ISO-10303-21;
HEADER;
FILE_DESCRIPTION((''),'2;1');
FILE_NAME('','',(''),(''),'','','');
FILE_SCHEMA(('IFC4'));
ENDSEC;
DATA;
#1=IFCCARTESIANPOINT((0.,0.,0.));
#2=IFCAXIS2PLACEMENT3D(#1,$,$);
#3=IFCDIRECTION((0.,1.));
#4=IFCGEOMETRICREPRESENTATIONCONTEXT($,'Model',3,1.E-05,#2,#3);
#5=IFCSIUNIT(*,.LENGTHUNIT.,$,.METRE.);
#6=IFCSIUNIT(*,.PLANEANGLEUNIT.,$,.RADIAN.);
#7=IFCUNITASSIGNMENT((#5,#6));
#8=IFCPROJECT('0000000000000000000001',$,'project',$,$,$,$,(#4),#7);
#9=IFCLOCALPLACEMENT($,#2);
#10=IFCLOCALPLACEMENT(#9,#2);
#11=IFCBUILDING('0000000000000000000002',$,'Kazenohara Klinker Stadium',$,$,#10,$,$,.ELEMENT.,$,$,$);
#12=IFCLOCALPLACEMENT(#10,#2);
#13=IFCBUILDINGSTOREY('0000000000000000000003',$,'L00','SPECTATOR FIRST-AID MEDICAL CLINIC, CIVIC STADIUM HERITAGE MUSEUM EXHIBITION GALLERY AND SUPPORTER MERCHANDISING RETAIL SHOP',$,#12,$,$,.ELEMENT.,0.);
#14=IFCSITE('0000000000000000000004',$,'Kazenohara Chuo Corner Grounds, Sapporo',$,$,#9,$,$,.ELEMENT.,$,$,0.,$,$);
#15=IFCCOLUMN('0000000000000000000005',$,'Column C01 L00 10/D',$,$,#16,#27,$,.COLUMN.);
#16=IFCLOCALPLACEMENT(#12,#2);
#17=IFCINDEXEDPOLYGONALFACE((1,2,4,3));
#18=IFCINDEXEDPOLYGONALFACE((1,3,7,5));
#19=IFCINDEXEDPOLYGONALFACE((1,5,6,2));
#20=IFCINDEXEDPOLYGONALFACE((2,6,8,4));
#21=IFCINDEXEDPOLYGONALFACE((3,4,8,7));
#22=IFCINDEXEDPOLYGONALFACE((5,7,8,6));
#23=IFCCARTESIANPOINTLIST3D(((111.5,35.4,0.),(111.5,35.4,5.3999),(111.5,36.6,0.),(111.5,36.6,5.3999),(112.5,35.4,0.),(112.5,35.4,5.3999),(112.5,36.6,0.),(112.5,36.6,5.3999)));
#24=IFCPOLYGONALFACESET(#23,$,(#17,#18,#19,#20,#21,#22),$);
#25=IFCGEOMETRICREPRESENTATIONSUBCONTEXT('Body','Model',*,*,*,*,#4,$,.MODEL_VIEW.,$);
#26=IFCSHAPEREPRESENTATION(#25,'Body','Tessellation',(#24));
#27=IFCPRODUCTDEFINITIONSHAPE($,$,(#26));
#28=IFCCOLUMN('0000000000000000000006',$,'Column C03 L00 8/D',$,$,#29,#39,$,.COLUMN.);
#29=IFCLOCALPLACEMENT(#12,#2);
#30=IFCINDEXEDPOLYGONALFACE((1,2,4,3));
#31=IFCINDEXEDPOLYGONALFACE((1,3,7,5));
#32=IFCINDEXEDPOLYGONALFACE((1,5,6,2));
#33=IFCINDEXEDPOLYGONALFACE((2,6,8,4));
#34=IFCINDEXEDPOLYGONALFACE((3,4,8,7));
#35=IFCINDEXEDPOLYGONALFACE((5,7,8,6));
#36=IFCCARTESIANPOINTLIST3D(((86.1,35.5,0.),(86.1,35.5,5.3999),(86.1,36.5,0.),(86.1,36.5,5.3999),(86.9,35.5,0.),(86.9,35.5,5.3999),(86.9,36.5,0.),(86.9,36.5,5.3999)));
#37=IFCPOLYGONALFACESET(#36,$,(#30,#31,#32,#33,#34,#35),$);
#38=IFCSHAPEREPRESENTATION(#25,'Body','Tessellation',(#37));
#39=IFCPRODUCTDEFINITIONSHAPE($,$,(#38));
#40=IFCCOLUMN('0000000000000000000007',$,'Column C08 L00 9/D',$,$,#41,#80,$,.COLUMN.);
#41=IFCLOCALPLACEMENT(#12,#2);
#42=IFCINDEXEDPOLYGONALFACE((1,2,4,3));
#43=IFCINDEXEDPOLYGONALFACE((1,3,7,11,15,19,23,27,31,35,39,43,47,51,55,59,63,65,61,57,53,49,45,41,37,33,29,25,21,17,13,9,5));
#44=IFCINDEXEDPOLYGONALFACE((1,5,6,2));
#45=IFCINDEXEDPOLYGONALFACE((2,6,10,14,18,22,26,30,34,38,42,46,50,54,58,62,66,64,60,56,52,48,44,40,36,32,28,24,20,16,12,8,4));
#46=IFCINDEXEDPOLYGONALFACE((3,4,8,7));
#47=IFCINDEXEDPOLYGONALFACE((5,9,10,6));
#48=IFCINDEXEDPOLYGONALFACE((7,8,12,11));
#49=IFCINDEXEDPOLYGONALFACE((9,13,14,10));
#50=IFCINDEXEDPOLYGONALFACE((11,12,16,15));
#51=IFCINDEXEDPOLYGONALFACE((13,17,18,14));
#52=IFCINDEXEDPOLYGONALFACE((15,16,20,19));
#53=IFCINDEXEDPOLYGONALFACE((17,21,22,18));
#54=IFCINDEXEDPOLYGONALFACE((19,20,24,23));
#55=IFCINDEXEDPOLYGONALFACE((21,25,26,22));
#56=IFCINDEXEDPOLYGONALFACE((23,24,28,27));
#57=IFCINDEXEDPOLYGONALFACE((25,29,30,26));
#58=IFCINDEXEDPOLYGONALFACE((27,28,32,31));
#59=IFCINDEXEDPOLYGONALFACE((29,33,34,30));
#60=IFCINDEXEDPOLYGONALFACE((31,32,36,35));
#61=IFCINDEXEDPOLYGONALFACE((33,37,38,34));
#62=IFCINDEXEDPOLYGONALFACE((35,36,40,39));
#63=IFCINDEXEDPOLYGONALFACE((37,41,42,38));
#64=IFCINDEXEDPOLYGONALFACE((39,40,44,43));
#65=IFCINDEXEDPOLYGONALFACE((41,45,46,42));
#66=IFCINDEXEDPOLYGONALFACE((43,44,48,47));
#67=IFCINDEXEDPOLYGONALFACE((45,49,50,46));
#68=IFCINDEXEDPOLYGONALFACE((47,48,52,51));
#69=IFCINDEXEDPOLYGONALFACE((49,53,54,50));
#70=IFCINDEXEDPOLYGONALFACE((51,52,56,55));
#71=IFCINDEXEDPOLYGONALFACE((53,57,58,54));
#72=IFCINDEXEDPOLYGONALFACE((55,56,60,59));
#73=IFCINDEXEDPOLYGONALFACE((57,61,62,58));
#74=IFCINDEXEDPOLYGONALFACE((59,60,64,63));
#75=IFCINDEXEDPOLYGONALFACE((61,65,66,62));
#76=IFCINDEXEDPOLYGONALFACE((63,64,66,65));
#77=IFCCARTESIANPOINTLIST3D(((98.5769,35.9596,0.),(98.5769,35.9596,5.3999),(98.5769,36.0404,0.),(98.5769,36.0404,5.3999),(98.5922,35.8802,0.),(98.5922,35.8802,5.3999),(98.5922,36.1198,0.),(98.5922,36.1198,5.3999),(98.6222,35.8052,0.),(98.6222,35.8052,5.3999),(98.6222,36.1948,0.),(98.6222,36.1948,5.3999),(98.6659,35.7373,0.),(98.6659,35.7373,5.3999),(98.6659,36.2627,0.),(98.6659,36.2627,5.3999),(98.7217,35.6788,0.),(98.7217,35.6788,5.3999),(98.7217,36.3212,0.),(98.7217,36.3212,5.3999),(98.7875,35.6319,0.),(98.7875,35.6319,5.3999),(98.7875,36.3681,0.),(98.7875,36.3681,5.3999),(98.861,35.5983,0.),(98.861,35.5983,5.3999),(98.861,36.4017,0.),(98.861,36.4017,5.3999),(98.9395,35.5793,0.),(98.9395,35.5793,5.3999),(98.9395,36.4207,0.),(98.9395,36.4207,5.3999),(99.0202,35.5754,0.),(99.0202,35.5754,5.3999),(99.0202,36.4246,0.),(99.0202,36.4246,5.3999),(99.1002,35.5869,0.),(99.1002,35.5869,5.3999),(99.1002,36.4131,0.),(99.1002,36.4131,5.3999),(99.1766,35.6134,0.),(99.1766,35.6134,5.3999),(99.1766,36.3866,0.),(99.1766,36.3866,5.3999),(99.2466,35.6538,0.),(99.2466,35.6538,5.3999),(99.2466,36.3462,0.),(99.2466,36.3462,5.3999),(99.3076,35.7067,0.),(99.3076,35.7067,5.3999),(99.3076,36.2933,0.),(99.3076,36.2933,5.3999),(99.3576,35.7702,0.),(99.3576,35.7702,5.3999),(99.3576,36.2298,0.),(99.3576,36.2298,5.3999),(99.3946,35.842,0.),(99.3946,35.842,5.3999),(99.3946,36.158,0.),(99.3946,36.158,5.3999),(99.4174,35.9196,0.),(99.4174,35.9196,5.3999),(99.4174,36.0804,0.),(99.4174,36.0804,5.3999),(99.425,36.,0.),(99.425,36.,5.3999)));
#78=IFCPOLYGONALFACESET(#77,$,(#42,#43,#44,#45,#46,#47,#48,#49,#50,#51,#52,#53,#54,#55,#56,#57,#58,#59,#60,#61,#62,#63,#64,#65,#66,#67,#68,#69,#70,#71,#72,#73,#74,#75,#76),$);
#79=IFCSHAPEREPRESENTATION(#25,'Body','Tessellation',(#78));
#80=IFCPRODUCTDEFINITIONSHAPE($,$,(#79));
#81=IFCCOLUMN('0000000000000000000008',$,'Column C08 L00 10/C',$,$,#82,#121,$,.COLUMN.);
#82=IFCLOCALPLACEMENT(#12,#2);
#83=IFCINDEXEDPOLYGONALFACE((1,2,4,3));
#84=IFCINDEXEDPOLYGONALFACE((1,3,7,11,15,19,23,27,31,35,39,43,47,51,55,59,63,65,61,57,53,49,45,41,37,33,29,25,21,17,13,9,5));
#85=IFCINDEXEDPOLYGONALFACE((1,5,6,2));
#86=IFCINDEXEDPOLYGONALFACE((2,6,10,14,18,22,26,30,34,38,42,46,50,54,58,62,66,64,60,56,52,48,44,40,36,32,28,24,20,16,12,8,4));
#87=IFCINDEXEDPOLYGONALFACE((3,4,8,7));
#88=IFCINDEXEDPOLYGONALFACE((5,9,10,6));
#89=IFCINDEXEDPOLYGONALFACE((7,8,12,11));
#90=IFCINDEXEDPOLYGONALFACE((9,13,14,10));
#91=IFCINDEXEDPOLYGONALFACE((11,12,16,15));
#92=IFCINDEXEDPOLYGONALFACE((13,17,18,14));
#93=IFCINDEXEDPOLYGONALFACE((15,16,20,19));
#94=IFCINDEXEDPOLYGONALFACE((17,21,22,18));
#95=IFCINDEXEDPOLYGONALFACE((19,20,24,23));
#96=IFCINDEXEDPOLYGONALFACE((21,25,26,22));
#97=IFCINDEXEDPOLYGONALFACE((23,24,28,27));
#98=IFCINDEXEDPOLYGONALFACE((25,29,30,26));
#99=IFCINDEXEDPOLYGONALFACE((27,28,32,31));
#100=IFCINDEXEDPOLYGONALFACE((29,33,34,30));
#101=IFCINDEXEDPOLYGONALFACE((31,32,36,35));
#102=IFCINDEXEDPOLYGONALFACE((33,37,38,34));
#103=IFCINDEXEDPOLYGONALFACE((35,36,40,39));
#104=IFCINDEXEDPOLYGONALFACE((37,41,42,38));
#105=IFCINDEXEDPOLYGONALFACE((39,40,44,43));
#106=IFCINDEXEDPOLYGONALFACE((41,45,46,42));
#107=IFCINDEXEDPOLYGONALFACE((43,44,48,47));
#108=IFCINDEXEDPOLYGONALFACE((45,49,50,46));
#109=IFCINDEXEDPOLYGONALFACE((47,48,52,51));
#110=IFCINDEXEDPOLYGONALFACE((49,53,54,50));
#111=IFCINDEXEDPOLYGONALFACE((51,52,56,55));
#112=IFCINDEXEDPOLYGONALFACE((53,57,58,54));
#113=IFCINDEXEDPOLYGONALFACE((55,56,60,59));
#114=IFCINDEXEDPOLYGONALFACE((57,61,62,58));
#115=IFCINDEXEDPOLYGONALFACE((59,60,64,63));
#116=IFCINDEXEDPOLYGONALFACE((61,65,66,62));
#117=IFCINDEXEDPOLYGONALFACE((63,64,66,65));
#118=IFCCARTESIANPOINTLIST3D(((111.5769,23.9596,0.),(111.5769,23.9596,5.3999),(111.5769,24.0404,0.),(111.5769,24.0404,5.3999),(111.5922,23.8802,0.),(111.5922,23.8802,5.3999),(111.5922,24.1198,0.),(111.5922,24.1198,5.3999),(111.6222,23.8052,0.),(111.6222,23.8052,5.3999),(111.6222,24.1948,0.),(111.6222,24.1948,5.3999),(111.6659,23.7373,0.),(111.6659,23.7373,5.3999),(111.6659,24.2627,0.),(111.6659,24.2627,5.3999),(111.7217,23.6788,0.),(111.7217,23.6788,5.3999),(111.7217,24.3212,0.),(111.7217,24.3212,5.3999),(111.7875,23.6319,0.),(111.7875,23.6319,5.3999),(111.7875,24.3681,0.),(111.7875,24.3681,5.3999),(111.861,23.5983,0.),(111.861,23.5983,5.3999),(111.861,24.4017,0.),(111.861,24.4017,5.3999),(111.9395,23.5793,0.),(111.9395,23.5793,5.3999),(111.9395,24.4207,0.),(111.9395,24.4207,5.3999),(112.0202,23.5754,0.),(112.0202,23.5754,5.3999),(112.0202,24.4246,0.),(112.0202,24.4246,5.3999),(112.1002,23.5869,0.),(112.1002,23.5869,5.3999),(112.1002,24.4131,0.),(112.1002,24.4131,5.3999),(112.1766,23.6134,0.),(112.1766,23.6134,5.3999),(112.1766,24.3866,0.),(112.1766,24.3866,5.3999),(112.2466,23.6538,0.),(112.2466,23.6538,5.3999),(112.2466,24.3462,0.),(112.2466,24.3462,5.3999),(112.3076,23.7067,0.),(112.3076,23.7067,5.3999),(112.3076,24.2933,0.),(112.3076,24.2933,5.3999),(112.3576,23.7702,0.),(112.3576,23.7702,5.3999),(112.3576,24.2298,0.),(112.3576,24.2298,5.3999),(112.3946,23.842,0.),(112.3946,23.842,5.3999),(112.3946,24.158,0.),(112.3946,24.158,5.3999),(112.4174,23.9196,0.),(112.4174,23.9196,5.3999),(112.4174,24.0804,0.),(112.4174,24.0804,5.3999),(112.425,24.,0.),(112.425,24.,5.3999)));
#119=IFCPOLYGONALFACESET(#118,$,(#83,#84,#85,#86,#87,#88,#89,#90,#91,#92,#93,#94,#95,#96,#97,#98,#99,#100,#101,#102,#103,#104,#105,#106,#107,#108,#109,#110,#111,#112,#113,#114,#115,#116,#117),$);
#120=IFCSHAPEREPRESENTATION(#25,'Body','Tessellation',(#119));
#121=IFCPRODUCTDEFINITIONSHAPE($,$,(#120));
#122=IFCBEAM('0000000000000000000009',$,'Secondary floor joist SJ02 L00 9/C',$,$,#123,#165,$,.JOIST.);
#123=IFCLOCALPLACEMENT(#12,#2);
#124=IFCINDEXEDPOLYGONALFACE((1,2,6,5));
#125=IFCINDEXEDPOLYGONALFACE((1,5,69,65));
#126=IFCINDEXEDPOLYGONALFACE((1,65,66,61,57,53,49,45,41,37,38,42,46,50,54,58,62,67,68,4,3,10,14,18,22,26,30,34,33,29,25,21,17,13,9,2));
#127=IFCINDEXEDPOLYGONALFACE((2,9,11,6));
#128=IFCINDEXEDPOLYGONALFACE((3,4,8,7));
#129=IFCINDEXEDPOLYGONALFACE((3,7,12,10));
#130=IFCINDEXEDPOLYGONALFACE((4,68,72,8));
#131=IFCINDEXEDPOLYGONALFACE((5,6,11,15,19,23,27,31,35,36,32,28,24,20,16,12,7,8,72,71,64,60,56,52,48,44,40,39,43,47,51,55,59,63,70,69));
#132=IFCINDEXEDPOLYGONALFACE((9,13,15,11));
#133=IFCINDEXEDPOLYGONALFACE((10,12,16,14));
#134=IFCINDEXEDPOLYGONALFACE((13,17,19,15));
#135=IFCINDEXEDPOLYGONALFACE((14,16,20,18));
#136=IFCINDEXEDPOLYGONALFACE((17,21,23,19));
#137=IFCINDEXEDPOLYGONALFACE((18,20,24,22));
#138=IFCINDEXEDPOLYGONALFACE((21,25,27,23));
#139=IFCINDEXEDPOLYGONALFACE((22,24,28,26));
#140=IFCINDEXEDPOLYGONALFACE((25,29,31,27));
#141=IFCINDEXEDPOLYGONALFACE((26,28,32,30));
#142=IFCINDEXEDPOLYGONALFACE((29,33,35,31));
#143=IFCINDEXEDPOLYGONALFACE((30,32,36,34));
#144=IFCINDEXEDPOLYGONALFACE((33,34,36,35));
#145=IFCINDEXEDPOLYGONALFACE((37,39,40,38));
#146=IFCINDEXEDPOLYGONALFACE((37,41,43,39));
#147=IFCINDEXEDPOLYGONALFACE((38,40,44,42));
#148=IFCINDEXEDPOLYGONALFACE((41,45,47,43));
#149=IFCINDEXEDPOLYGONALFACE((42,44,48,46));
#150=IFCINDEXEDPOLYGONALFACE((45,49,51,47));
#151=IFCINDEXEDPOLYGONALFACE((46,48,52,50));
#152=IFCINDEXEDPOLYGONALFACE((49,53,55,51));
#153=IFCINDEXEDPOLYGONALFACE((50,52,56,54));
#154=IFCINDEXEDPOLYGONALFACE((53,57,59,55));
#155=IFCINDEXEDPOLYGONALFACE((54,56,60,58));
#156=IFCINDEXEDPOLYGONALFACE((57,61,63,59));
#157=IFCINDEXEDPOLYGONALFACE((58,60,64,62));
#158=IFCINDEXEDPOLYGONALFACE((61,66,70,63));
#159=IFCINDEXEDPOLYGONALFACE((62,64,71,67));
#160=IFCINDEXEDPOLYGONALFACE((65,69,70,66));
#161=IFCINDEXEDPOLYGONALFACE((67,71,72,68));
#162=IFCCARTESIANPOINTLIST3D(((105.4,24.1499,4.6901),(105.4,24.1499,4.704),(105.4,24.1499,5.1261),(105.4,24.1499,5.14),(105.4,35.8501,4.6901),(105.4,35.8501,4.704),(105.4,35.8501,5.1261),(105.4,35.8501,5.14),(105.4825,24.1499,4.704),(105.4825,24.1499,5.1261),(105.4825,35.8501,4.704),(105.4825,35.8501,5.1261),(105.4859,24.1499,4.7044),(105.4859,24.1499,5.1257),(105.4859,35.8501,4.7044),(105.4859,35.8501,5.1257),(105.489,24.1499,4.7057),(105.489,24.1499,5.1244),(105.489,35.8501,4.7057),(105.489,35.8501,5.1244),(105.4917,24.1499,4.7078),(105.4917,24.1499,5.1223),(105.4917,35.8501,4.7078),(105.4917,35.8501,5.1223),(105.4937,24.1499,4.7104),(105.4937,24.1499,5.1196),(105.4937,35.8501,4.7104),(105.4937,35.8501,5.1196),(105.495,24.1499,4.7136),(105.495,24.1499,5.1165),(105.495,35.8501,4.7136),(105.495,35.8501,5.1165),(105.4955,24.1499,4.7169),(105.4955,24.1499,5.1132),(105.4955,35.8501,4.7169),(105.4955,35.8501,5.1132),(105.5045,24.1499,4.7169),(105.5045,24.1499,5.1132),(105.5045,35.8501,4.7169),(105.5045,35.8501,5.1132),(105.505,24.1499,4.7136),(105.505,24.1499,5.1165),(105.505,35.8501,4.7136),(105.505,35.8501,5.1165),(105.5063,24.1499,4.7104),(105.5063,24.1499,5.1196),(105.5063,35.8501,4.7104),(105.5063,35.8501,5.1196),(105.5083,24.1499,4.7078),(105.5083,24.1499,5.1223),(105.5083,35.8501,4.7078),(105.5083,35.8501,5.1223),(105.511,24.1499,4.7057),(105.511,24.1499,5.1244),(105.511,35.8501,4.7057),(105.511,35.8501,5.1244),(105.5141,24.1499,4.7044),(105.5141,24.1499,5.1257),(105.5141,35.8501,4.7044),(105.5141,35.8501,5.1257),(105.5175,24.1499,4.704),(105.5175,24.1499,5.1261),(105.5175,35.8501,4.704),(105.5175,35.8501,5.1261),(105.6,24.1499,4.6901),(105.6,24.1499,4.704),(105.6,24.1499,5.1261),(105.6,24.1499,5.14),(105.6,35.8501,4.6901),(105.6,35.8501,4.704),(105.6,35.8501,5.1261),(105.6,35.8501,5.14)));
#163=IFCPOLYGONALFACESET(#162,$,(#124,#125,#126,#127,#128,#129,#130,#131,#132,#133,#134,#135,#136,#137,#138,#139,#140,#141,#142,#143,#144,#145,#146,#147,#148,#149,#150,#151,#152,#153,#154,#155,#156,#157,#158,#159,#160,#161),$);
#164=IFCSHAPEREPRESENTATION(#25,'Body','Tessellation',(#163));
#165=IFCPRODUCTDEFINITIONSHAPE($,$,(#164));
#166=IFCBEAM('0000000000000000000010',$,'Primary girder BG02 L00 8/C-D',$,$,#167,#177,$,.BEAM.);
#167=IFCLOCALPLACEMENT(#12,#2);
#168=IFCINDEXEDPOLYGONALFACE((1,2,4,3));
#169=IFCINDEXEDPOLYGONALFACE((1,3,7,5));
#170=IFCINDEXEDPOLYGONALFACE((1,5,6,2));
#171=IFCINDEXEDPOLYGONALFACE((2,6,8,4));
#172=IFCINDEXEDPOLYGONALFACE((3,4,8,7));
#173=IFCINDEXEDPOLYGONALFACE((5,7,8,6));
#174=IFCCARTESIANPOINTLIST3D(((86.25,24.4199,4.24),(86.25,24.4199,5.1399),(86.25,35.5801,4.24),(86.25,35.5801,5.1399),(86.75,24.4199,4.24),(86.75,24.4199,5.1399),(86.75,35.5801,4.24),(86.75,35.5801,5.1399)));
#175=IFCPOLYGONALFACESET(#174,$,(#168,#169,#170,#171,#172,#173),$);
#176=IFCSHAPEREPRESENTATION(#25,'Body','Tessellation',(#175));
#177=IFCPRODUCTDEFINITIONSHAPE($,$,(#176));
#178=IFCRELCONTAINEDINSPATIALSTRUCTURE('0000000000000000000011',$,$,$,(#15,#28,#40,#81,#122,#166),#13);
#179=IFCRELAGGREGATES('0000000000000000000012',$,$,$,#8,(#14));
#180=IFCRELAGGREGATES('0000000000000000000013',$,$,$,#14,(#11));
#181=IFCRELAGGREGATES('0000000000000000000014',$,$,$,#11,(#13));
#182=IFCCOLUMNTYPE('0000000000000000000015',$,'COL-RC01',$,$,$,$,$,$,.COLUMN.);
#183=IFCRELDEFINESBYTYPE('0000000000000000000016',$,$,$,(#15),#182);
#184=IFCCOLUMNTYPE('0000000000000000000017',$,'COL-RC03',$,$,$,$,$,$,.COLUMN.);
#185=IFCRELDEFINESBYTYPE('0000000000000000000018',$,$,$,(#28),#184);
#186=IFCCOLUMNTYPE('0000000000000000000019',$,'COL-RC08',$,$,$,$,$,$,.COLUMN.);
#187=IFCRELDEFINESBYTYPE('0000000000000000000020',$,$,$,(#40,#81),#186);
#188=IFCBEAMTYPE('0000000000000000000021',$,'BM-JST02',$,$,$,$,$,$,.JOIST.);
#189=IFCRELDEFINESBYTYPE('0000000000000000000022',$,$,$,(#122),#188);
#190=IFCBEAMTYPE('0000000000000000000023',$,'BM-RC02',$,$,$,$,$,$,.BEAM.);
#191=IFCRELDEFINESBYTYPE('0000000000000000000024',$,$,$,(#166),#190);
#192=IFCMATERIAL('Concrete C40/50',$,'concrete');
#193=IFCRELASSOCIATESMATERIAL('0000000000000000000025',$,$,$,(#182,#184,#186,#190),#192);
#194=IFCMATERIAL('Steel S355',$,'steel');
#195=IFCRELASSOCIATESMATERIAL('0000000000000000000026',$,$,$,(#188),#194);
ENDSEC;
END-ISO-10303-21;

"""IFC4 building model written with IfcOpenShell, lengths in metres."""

from ifc_helpers import new_model, si_unit, direction, frame, origin, origin_2d, place, context, subcontext, project, spatial, rectangle, circle, i_section, extrude, material, material_profile, profile_set, type_object, element, save


model = new_model("IFC4")

# Units and contexts
model_context = context("Model", 3, precision=1e-05, world=origin(), true_north=direction((0.0, 1.0)))
body_context = subcontext(model_context, "Body", "Model", "MODEL_VIEW")
ifc_project = project(units=[si_unit("LENGTHUNIT", "METRE"), si_unit("PLANEANGLEUNIT", "RADIAN")], contexts=[model_context])

# Site, building, storey
site_placement = place(None, origin())
site = spatial("IfcSite", under=ifc_project, at=site_placement, Name="Kazenohara Chuo Corner Grounds, Sapporo", CompositionType="ELEMENT", RefElevation=0.0)
building_placement = place(site_placement, origin())
building = spatial("IfcBuilding", under=site, at=building_placement, Name="Kazenohara Klinker Stadium", CompositionType="ELEMENT")
storey_placement = place(building_placement, origin())
storey = spatial("IfcBuildingStorey", under=building, at=storey_placement, Name="L00", Description="SPECTATOR FIRST-AID MEDICAL CLINIC, CIVIC STADIUM HERITAGE MUSEUM EXHIBITION GALLERY AND SUPPORTER MERCHANDISING RETAIL SHOP", CompositionType="ELEMENT", Elevation=0.0)

# Columns
ifc_material_1 = material(Name="Concrete C40/50", Category="concrete")
ifc_material_profile_1 = material_profile(ifc_material_1, rectangle(XDim=1.0, YDim=1.2, at=origin_2d()), Name="RC-COL-1200x1000")
ifc_profile_set_1 = profile_set([ifc_material_profile_1], Name="Concrete C40/50")
column_type_1 = type_object("IfcColumnType", Name="COL-RC01", PredefinedType="COLUMN", material=ifc_profile_set_1)
column_1_placement = place(storey_placement, frame((112.0, 36.0, 0.0), z_axis=(0.0, 0.0, 1.0), x_axis=(1.0, 0.0, 0.0)))
element("IfcColumn", 1, at=column_1_placement, inside=storey, type_object=column_type_1, Name="Column C01 L00 10/D", PredefinedType="COLUMN", context=body_context, shape_type="SweptSolid", body=[
    extrude(rectangle(XDim=1.0, YDim=1.2, at=origin_2d()), origin(), (0.0, 0.0, 1.0), 5.3999),
])
ifc_material_profile_2 = material_profile(ifc_material_1, rectangle(XDim=0.8, YDim=1.0, at=origin_2d()), Name="RC-COL-1000x800")
ifc_profile_set_2 = profile_set([ifc_material_profile_2], Name="Concrete C40/50")
column_type_2 = type_object("IfcColumnType", Name="COL-RC03", PredefinedType="COLUMN", material=ifc_profile_set_2)
column_2_placement = place(storey_placement, frame((86.5, 36.0, 0.0), z_axis=(0.0, 0.0, 1.0), x_axis=(1.0, 0.0, 0.0)))
element("IfcColumn", 2, at=column_2_placement, inside=storey, type_object=column_type_2, Name="Column C03 L00 8/D", PredefinedType="COLUMN", context=body_context, shape_type="SweptSolid", body=[
    extrude(rectangle(XDim=0.8, YDim=1.0, at=origin_2d()), origin(), (0.0, 0.0, 1.0), 5.3999),
])
ifc_material_profile_3 = material_profile(ifc_material_1, circle(Radius=0.425, at=origin_2d()), Name="RC-COL-D850")
ifc_profile_set_3 = profile_set([ifc_material_profile_3], Name="Concrete C40/50")
column_type_3 = type_object("IfcColumnType", Name="COL-RC08", PredefinedType="COLUMN", material=ifc_profile_set_3)
for number, where, z_axis, x_axis, name in (
    (3, (99.0, 36.0, 0.0), (0.0, 0.0, 1.0), (1.0, 0.0, 0.0), "Column C08 L00 9/D"),
    (4, (112.0, 24.0, 0.0), (0.0, 0.0, 1.0), (1.0, 0.0, 0.0), "Column C08 L00 10/C"),
):
    element("IfcColumn", number, at=place(storey_placement, frame(where, z_axis=z_axis, x_axis=x_axis)), inside=storey, type_object=column_type_3, Name=name, PredefinedType="COLUMN", context=body_context, shape_type="SweptSolid", body=[
        extrude(circle(Radius=0.425, at=origin_2d()), origin(), (0.0, 0.0, 1.0), 5.3999),
    ])

# Beams
ifc_material_2 = material(Name="Steel S355", Category="steel")
ifc_material_profile_4 = material_profile(ifc_material_2, i_section(OverallWidth=0.2, OverallDepth=0.45, WebThickness=0.009, FlangeThickness=0.0139, FilletRadius=0.0129, at=origin_2d()), Name="H-450x200x9x14")
ifc_profile_set_4 = profile_set([ifc_material_profile_4], Name="Steel S355")
beam_type_1 = type_object("IfcBeamType", Name="BM-JST02", PredefinedType="JOIST", material=ifc_profile_set_4)
beam_1_placement = place(storey_placement, frame((105.5, 24.1499, 4.915), z_axis=(0.0, 1.0, 0.0), x_axis=(-1.0, 0.0, 0.0)))
element("IfcBeam", 5, at=beam_1_placement, inside=storey, type_object=beam_type_1, Name="Secondary floor joist SJ02 L00 9/C", PredefinedType="JOIST", context=body_context, shape_type="SweptSolid", body=[
    extrude(i_section(OverallWidth=0.2, OverallDepth=0.45, WebThickness=0.009, FlangeThickness=0.0139, FilletRadius=0.0129, at=origin_2d()), origin(), (0.0, 0.0, 1.0), 11.7002),
])
ifc_material_profile_5 = material_profile(ifc_material_1, rectangle(XDim=0.5, YDim=0.8999, at=origin_2d()), Name="RC-BM-500x900")
ifc_profile_set_5 = profile_set([ifc_material_profile_5], Name="Concrete C40/50")
beam_type_2 = type_object("IfcBeamType", Name="BM-RC02", PredefinedType="BEAM", material=ifc_profile_set_5)
beam_2_placement = place(storey_placement, frame((86.5, 24.4199, 4.6899), z_axis=(0.0, 1.0, 0.0), x_axis=(-1.0, 0.0, 0.0)))
element("IfcBeam", 6, at=beam_2_placement, inside=storey, type_object=beam_type_2, Name="Primary girder BG02 L00 8/C-D", PredefinedType="BEAM", context=body_context, shape_type="SweptSolid", body=[
    extrude(rectangle(XDim=0.5, YDim=0.8999, at=origin_2d()), origin(), (0.0, 0.0, 1.0), 11.1602),
])

save(model, "model.ifc")
